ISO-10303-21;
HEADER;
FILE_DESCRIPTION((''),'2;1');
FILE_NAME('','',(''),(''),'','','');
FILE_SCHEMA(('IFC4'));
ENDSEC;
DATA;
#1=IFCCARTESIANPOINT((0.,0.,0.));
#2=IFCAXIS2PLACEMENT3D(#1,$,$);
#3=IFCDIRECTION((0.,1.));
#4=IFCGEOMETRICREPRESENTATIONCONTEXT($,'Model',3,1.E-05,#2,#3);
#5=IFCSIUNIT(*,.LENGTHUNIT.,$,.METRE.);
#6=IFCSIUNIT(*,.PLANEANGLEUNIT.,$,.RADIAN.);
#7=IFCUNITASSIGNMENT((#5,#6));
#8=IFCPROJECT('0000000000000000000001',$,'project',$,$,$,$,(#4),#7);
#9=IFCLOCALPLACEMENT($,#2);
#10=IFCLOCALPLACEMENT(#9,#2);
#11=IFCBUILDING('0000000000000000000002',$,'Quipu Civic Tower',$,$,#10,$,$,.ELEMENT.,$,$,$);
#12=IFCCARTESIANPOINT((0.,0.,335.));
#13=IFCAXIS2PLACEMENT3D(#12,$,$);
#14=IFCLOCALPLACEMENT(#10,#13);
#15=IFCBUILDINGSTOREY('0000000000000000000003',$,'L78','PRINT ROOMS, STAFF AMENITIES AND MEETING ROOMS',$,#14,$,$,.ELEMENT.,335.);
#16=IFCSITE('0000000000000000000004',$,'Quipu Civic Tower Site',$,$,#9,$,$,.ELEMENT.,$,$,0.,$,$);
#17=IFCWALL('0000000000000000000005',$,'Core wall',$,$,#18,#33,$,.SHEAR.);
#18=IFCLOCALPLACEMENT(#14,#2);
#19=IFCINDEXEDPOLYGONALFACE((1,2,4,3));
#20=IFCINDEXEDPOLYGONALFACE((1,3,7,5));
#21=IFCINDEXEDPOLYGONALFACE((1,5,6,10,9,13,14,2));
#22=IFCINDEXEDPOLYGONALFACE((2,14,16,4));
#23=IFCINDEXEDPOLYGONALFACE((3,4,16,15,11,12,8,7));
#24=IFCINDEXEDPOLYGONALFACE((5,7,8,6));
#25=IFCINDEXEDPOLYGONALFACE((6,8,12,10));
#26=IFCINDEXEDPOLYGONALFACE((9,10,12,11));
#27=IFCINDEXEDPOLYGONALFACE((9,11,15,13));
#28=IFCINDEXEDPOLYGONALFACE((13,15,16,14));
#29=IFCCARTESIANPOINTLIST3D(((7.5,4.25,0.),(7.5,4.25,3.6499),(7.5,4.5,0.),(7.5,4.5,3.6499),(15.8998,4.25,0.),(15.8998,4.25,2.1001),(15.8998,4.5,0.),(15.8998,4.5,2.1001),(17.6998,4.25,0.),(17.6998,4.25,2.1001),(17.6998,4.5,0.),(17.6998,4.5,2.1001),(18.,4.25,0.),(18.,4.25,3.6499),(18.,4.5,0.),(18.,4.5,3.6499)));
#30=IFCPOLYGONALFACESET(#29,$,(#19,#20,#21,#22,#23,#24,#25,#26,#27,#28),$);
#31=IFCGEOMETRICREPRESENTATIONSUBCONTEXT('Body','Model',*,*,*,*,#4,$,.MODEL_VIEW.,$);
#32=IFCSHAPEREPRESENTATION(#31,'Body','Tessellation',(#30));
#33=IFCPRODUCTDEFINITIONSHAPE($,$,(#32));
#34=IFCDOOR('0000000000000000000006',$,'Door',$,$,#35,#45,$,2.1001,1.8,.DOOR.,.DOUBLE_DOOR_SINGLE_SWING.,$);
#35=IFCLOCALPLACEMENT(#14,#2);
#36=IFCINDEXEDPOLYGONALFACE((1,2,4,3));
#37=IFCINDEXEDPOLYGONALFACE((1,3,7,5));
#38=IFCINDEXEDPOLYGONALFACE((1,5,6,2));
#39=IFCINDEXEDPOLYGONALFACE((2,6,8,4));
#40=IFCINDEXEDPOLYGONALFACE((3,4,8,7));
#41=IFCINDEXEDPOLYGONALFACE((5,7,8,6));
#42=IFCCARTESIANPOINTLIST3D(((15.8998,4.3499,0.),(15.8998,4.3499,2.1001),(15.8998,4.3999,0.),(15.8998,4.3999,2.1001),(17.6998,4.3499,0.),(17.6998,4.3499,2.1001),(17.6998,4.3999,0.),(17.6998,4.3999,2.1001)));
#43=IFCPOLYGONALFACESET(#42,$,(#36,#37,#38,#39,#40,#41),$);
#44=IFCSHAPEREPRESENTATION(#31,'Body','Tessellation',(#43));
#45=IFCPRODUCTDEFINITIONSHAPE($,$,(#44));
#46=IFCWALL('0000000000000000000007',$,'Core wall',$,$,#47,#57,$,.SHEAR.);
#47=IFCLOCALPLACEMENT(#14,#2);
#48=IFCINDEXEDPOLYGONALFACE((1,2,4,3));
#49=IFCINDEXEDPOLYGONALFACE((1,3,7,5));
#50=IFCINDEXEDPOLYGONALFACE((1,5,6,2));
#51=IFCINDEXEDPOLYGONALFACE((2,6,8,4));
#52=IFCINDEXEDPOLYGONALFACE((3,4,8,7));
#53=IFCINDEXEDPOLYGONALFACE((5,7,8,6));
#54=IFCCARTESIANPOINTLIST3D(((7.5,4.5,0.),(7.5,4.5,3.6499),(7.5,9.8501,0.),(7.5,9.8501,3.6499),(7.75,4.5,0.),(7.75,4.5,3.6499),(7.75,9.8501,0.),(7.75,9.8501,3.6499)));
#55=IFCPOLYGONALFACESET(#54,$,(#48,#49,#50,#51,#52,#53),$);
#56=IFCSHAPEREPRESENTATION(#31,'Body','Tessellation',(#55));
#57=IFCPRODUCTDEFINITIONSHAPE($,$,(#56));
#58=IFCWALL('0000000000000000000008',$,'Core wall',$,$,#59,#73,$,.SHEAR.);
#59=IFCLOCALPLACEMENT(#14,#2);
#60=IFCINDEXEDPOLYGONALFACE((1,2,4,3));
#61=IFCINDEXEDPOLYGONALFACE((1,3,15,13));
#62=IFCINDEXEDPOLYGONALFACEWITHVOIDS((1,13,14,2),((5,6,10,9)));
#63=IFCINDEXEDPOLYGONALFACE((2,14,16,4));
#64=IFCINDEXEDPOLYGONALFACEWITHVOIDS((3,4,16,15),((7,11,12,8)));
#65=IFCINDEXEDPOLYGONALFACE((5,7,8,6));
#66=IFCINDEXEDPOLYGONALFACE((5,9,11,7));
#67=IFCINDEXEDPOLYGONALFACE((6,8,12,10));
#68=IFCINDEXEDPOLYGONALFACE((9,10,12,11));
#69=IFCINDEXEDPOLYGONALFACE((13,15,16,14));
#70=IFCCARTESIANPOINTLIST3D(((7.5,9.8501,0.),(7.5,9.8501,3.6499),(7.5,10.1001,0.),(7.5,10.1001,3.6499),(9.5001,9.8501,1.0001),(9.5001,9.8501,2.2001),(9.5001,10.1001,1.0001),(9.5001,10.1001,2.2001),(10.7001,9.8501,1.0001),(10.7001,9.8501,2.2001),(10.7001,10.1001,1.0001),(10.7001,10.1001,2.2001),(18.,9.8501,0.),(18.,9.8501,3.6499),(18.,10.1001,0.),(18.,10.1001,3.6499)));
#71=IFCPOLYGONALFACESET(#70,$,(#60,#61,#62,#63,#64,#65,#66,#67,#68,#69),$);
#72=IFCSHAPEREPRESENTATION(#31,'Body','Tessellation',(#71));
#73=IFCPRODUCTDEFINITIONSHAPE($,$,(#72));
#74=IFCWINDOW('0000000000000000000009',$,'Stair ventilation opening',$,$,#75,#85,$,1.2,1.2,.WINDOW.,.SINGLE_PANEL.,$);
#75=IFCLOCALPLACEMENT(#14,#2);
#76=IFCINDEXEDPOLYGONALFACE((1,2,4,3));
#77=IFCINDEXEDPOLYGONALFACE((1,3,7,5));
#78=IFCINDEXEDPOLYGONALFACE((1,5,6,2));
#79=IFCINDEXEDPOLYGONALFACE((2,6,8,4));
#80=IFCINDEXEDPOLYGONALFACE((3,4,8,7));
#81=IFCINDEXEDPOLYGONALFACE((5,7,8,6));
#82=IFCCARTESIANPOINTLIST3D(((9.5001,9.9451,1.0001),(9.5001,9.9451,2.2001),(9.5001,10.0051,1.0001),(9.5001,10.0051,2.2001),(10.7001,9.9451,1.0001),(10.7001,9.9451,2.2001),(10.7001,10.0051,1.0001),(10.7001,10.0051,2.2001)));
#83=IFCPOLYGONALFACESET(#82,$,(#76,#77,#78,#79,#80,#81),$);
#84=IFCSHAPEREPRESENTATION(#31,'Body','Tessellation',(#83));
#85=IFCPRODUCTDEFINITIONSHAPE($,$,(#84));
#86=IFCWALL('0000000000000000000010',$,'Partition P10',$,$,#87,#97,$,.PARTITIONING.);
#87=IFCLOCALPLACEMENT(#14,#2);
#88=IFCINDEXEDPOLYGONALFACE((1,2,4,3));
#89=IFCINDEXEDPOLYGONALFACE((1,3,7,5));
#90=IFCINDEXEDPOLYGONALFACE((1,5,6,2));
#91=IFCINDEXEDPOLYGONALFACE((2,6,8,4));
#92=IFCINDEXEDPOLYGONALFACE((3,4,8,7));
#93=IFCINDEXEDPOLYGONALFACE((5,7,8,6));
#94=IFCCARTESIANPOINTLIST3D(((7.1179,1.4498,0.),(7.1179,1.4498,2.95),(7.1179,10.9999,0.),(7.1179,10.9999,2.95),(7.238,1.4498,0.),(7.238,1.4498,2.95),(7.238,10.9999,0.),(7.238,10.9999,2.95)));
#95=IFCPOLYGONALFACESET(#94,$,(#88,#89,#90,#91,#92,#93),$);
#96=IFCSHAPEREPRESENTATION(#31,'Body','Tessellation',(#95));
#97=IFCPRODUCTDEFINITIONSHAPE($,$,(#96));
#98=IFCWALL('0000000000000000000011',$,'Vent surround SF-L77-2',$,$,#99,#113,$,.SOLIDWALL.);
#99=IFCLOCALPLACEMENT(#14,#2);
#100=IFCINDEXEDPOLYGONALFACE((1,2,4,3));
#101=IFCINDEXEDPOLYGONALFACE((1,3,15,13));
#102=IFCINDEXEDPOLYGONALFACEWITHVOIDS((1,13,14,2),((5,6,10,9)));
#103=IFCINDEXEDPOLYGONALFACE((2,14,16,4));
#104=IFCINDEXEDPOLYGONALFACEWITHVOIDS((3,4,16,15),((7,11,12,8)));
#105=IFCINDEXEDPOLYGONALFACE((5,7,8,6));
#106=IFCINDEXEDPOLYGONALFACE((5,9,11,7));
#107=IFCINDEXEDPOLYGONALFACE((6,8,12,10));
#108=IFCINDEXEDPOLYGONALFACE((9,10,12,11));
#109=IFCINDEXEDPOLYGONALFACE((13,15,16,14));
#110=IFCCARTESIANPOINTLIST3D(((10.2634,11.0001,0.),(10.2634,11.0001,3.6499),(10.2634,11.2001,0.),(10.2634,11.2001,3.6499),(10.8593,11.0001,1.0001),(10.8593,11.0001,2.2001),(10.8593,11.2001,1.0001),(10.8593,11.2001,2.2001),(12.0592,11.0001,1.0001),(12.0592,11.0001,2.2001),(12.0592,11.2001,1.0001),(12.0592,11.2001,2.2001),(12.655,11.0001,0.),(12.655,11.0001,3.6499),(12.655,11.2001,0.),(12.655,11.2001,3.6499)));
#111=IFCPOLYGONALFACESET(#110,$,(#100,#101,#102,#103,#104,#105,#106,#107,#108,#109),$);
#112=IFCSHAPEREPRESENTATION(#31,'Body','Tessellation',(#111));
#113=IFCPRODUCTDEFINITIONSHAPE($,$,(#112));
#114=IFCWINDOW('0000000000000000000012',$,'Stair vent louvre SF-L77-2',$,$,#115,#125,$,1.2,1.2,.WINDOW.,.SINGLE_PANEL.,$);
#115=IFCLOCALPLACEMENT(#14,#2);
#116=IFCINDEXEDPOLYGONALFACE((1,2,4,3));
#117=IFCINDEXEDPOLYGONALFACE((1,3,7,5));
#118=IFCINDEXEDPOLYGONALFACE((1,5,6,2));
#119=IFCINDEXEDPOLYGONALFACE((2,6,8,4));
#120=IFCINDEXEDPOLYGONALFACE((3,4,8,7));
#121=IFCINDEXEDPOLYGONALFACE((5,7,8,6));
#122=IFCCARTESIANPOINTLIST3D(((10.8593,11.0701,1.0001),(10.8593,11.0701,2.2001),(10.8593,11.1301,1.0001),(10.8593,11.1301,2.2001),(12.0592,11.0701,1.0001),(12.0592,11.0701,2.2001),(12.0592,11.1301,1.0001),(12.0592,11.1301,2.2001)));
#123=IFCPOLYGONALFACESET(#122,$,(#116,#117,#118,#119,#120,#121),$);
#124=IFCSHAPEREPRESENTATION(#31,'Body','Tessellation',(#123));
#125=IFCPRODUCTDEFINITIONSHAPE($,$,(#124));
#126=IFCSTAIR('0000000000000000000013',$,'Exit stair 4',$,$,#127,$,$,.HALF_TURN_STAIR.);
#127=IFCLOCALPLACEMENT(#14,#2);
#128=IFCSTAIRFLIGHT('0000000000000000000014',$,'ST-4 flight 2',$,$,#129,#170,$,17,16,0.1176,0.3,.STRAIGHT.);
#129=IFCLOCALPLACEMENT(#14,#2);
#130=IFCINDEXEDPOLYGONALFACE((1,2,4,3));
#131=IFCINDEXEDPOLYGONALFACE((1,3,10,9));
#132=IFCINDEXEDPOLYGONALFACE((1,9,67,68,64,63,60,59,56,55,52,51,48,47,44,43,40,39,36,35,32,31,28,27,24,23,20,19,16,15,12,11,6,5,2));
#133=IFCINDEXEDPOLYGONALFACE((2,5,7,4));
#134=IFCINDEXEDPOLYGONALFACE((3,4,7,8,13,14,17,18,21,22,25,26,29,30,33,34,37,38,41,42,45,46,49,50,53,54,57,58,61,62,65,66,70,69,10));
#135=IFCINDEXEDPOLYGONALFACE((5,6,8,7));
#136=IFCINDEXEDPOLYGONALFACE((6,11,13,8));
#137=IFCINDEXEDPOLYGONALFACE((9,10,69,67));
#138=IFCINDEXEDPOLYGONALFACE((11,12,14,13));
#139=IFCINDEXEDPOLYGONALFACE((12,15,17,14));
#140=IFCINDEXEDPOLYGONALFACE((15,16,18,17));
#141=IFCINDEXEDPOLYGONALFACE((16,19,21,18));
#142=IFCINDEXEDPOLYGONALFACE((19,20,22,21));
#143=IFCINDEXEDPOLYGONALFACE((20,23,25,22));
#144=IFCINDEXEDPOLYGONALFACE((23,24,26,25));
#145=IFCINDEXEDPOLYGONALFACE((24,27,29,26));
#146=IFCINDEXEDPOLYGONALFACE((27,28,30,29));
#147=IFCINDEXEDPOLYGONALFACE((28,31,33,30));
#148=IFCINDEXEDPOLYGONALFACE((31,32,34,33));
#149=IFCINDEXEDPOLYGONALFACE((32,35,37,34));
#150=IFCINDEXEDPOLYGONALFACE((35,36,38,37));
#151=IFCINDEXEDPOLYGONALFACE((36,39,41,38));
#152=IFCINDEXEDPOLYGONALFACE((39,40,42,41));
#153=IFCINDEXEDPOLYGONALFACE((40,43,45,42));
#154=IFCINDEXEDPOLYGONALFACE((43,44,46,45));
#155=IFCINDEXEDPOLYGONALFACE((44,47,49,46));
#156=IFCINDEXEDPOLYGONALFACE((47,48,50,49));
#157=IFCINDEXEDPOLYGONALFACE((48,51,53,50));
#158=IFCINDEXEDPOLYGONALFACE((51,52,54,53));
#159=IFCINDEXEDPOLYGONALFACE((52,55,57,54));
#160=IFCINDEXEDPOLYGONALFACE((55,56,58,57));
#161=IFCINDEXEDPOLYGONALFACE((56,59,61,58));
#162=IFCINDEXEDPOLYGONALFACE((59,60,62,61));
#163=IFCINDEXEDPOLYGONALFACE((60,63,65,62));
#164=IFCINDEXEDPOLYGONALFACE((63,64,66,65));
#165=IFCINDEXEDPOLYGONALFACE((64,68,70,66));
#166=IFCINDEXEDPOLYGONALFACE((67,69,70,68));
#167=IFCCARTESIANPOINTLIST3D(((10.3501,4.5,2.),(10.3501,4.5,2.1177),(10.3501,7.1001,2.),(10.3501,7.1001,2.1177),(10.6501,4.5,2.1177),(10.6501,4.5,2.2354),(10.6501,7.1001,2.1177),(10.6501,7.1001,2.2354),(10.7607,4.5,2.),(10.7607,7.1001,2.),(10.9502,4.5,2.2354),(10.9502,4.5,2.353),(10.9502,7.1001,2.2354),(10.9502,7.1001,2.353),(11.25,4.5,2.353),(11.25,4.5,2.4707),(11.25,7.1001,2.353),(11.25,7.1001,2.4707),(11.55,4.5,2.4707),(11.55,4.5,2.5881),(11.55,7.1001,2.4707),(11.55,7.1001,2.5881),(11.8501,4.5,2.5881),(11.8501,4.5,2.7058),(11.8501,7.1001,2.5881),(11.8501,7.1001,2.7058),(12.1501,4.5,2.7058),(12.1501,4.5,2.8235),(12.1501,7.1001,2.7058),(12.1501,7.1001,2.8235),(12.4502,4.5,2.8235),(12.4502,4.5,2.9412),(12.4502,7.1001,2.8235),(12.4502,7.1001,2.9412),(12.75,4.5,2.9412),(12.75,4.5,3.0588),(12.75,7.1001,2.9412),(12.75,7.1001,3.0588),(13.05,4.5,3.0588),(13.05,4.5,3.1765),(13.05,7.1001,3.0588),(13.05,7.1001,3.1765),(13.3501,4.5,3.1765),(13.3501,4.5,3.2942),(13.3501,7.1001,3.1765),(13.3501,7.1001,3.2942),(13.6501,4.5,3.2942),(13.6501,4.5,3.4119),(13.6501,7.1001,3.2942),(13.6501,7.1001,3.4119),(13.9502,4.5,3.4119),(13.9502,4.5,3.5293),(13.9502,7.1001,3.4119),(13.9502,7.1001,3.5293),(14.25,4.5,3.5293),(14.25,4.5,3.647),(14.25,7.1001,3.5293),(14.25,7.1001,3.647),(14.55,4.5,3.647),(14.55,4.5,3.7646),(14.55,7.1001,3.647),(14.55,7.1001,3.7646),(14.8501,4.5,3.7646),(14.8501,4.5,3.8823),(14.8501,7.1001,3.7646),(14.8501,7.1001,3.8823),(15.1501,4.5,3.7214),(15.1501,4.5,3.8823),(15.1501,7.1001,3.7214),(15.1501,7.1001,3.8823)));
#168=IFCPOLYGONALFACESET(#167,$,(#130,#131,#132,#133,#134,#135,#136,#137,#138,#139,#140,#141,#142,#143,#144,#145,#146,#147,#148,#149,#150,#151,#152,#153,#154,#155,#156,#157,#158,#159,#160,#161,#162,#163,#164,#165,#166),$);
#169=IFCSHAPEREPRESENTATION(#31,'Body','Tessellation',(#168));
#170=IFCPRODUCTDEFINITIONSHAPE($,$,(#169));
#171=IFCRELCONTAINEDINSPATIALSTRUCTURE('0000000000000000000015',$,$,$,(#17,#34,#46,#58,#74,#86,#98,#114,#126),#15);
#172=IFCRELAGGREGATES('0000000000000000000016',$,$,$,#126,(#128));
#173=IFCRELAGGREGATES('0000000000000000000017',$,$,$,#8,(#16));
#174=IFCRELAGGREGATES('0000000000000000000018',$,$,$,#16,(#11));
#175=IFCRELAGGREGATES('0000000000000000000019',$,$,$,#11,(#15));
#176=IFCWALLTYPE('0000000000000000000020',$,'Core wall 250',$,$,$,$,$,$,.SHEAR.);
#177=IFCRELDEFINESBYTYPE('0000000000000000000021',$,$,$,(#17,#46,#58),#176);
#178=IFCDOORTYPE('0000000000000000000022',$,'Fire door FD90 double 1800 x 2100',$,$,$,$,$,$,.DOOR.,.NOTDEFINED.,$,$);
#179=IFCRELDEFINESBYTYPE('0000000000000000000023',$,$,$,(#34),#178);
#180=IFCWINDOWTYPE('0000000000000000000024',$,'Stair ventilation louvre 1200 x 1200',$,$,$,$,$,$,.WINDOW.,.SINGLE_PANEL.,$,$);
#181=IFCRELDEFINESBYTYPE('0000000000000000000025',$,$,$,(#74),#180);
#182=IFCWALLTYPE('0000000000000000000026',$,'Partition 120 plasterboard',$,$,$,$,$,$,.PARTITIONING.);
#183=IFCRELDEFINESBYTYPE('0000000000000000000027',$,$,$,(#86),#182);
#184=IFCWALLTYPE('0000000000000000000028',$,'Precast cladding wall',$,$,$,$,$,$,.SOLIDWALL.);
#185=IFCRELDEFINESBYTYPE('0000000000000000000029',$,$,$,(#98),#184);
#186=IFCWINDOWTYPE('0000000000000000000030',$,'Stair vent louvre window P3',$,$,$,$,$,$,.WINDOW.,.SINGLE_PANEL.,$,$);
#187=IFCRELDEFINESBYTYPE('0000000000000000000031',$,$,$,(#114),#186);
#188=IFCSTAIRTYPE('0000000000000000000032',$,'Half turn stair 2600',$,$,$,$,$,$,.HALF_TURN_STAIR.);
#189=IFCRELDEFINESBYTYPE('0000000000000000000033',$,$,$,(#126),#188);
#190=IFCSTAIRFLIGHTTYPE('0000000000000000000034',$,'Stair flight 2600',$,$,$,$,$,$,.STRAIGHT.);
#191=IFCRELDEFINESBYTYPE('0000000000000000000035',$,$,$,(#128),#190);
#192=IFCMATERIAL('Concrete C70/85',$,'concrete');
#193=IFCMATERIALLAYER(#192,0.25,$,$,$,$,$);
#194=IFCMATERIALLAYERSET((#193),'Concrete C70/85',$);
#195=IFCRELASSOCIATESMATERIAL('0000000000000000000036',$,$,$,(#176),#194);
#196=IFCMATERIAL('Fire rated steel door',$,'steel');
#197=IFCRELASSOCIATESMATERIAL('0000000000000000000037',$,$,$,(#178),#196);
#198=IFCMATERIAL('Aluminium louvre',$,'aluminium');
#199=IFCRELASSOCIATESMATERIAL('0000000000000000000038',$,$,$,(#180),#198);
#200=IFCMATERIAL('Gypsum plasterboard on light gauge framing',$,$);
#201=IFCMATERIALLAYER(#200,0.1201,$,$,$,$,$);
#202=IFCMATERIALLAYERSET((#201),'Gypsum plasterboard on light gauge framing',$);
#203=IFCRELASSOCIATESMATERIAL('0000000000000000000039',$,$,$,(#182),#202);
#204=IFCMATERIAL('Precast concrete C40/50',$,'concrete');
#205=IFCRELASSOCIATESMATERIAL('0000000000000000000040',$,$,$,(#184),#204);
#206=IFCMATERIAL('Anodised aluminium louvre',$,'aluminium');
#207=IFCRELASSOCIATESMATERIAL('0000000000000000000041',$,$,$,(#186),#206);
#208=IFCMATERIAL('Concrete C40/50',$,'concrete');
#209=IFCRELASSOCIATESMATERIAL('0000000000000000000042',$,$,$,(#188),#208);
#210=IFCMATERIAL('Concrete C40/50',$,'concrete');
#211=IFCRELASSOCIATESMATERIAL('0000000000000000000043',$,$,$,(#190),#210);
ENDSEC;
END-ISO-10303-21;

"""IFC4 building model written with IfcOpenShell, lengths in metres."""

from ifc_helpers import new_model, si_unit, direction, frame, frame_2d, origin, place, context, subcontext, project, spatial, polyline, rectangle, outline, extrude, material, layer, layer_set, type_object, element, fill, aggregate, save


model = new_model("IFC4")

# Units and contexts
model_context = context("Model", 3, precision=1e-05, world=origin(), true_north=direction((0.0, 1.0)))
body_context = subcontext(model_context, "Body", "Model", "MODEL_VIEW")
ifc_project = project(units=[si_unit("LENGTHUNIT", "METRE"), si_unit("PLANEANGLEUNIT", "RADIAN")], contexts=[model_context])

# Site, building, storey
site_placement = place(None, origin())
site = spatial("IfcSite", under=ifc_project, at=site_placement, Name="Quipu Civic Tower Site", CompositionType="ELEMENT", RefElevation=0.0)
building_placement = place(site_placement, origin())
building = spatial("IfcBuilding", under=site, at=building_placement, Name="Quipu Civic Tower", CompositionType="ELEMENT")
storey_placement = place(building_placement, frame((0.0, 0.0, 335.0)))
storey = spatial("IfcBuildingStorey", under=building, at=storey_placement, Name="L78", Description="PRINT ROOMS, STAFF AMENITIES AND MEETING ROOMS", CompositionType="ELEMENT", Elevation=335.0)

# Wall, opening, door
ifc_material_1 = material(Name="Concrete C70/85", Category="concrete")
ifc_layer_1 = layer(ifc_material_1, 0.25)
ifc_layer_set_1 = layer_set([ifc_layer_1], Name="Concrete C70/85")
wall_type_1 = type_object("IfcWallType", Name="Core wall 250", PredefinedType="SHEAR", material=ifc_layer_set_1)
wall_1_placement = place(storey_placement, frame((7.5, 4.375, 0.0), z_axis=(0.0, 0.0, 1.0), x_axis=(1.0, 0.0, 0.0)))
wall_1 = element("IfcWall", 1, at=wall_1_placement, inside=storey, type_object=wall_type_1, Name="Core wall", PredefinedType="SHEAR", context=body_context, shape_type="SweptSolid", body=[
    extrude(rectangle(XDim=10.5, YDim=0.25, at=frame_2d((5.25, 0.0))), origin(), (0.0, 0.0, 1.0), 3.6499),
])
opening_1_placement = place(wall_1_placement, frame((8.3999, 0.0, 0.0)))
opening_1 = element("IfcOpeningElement", 2, at=opening_1_placement, cuts=wall_1, PredefinedType="OPENING", context=body_context, shape_type="SweptSolid", body=[
    extrude(rectangle(XDim=1.8, YDim=2.1001, at=frame_2d((0.8999, 1.05))), frame((0.0, 0.135, 0.0), z_axis=(0.0, -1.0, 0.0), x_axis=(1.0, 0.0, 0.0)), (0.0, 0.0, 1.0), 0.27),
])
ifc_material_2 = material(Name="Fire rated steel door", Category="steel")
door_type = type_object("IfcDoorType", Name="Fire door FD90 double 1800 x 2100", OperationType="NOTDEFINED", PredefinedType="DOOR", material=ifc_material_2)
door_placement = place(opening_1_placement, origin())
door = element("IfcDoor", 3, at=door_placement, inside=storey, type_object=door_type, Name="Door", OperationType="DOUBLE_DOOR_SINGLE_SWING", OverallHeight=2.1001, OverallWidth=1.8, PredefinedType="DOOR", context=body_context, shape_type="SweptSolid", body=[
    extrude(rectangle(XDim=1.8, YDim=2.1001, at=frame_2d((0.8999, 1.05))), frame((0.0, 0.0249, 0.0), z_axis=(0.0, -1.0, 0.0), x_axis=(1.0, 0.0, 0.0)), (0.0, 0.0, 1.0), 0.05),
])
fill(opening_1, door)

# Wall
wall_2_placement = place(storey_placement, frame((7.625, 4.5, 0.0), z_axis=(0.0, 0.0, 1.0), x_axis=(0.0, 1.0, 0.0)))
element("IfcWall", 4, at=wall_2_placement, inside=storey, type_object=wall_type_1, Name="Core wall", PredefinedType="SHEAR", context=body_context, shape_type="SweptSolid", body=[
    extrude(rectangle(XDim=5.3501, YDim=0.25, at=frame_2d((2.675, 0.0))), origin(), (0.0, 0.0, 1.0), 3.6499),
])

# Wall, opening, window
wall_3_placement = place(storey_placement, frame((7.5, 9.9751, 0.0), z_axis=(0.0, 0.0, 1.0), x_axis=(1.0, 0.0, 0.0)))
wall_3 = element("IfcWall", 5, at=wall_3_placement, inside=storey, type_object=wall_type_1, Name="Core wall", PredefinedType="SHEAR", context=body_context, shape_type="SweptSolid", body=[
    extrude(rectangle(XDim=10.5, YDim=0.25, at=frame_2d((5.25, 0.0))), origin(), (0.0, 0.0, 1.0), 3.6499),
])
opening_2_placement = place(wall_3_placement, frame((2.0, 0.0, 1.0)))
opening_2 = element("IfcOpeningElement", 6, at=opening_2_placement, cuts=wall_3, PredefinedType="OPENING", context=body_context, shape_type="SweptSolid", body=[
    extrude(rectangle(XDim=1.2, YDim=1.2, at=frame_2d((0.6001, 0.6001))), frame((0.0, 0.135, 0.0), z_axis=(0.0, -1.0, 0.0), x_axis=(1.0, 0.0, 0.0)), (0.0, 0.0, 1.0), 0.27),
])
ifc_material_3 = material(Name="Aluminium louvre", Category="aluminium")
window_type_1 = type_object("IfcWindowType", Name="Stair ventilation louvre 1200 x 1200", PartitioningType="SINGLE_PANEL", PredefinedType="WINDOW", material=ifc_material_3)
window_1_placement = place(opening_2_placement, origin())
window_1 = element("IfcWindow", 7, at=window_1_placement, inside=storey, type_object=window_type_1, Name="Stair ventilation opening", OverallHeight=1.2, OverallWidth=1.2, PartitioningType="SINGLE_PANEL", PredefinedType="WINDOW", context=body_context, shape_type="SweptSolid", body=[
    extrude(rectangle(XDim=1.2, YDim=1.2, at=frame_2d((0.6001, 0.6001))), frame((0.0, 0.03, 0.0), z_axis=(0.0, -1.0, 0.0), x_axis=(1.0, 0.0, 0.0)), (0.0, 0.0, 1.0), 0.0601),
])
fill(opening_2, window_1)

# Wall
ifc_material_4 = material(Name="Gypsum plasterboard on light gauge framing")
ifc_layer_2 = layer(ifc_material_4, 0.1201)
ifc_layer_set_2 = layer_set([ifc_layer_2], Name="Gypsum plasterboard on light gauge framing")
wall_type_2 = type_object("IfcWallType", Name="Partition 120 plasterboard", PredefinedType="PARTITIONING", material=ifc_layer_set_2)
wall_4_placement = place(storey_placement, frame((7.178, 1.45, 0.0), z_axis=(0.0, 0.0, 1.0), x_axis=(0.0, 1.0, 0.0)))
element("IfcWall", 8, at=wall_4_placement, inside=storey, type_object=wall_type_2, Name="Partition P10", PredefinedType="PARTITIONING", context=body_context, shape_type="SweptSolid", body=[
    extrude(rectangle(XDim=9.55, YDim=0.1201, at=frame_2d((4.7749, 0.0))), origin(), (0.0, 0.0, 1.0), 2.95),
])

# Wall, opening, window
ifc_material_5 = material(Name="Precast concrete C40/50", Category="concrete")
wall_type_3 = type_object("IfcWallType", Name="Precast cladding wall", PredefinedType="SOLIDWALL", material=ifc_material_5)
wall_5_placement = place(storey_placement, frame((12.655, 11.1001, 0.0), z_axis=(0.0, 0.0, 1.0), x_axis=(-1.0, 0.0, 0.0)))
wall_5 = element("IfcWall", 9, at=wall_5_placement, inside=storey, type_object=wall_type_3, Name="Vent surround SF-L77-2", PredefinedType="SOLIDWALL", context=body_context, shape_type="SweptSolid", body=[
    extrude(rectangle(XDim=2.3916, YDim=0.2, at=frame_2d((1.1958, 0.0))), origin(), (0.0, 0.0, 1.0), 3.6499),
])
opening_3_placement = place(wall_5_placement, frame((0.5957, 0.0, 1.0)))
opening_3 = element("IfcOpeningElement", 10, at=opening_3_placement, cuts=wall_5, PredefinedType="OPENING", context=body_context, shape_type="SweptSolid", body=[
    extrude(rectangle(XDim=1.2, YDim=1.2, at=frame_2d((0.6001, 0.6001))), frame((0.0, 0.1099, 0.0), z_axis=(0.0, -1.0, 0.0), x_axis=(1.0, 0.0, 0.0)), (0.0, 0.0, 1.0), 0.22),
])
ifc_material_6 = material(Name="Anodised aluminium louvre", Category="aluminium")
window_type_2 = type_object("IfcWindowType", Name="Stair vent louvre window P3", PartitioningType="SINGLE_PANEL", PredefinedType="WINDOW", material=ifc_material_6)
window_2_placement = place(opening_3_placement, origin())
window_2 = element("IfcWindow", 11, at=window_2_placement, inside=storey, type_object=window_type_2, Name="Stair vent louvre SF-L77-2", OverallHeight=1.2, OverallWidth=1.2, PartitioningType="SINGLE_PANEL", PredefinedType="WINDOW", context=body_context, shape_type="SweptSolid", body=[
    extrude(rectangle(XDim=1.2, YDim=1.2, at=frame_2d((0.6001, 0.6001))), frame((0.0, 0.03, 0.0), z_axis=(0.0, -1.0, 0.0), x_axis=(1.0, 0.0, 0.0)), (0.0, 0.0, 1.0), 0.0601),
])
fill(opening_3, window_2)

# Stair, stair flight
ifc_material_7 = material(Name="Concrete C40/50", Category="concrete")
stair_type = type_object("IfcStairType", Name="Half turn stair 2600", PredefinedType="HALF_TURN_STAIR", material=ifc_material_7)
stair_placement = place(storey_placement, origin())
stair = element("IfcStair", 12, at=stair_placement, inside=storey, type_object=stair_type, Name="Exit stair 4", PredefinedType="HALF_TURN_STAIR")
ifc_material_8 = material(Name="Concrete C40/50", Category="concrete")
stair_flight_type = type_object("IfcStairFlightType", Name="Stair flight 2600", PredefinedType="STRAIGHT", material=ifc_material_8)
stair_flight_placement = place(storey_placement, frame((10.3501, 5.8, 2.0), z_axis=(0.0, 0.0, 1.0), x_axis=(1.0, 0.0, 0.0)))
stair_flight = element("IfcStairFlight", 13, at=stair_flight_placement, type_object=stair_flight_type, Name="ST-4 flight 2", NumberOfRisers=17, NumberOfTreads=16, PredefinedType="STRAIGHT", RiserHeight=0.1176, TreadLength=0.3, context=body_context, shape_type="SweptSolid", body=[
    extrude(outline(polyline([(0.0, 0.0), (0.0, 0.1177), (0.3, 0.1177), (0.3, 0.2354), (0.6001, 0.2354), (0.6001, 0.353), (0.8999, 0.353), (0.8999, 0.4707), (1.2, 0.4707), (1.2, 0.5881), (1.5, 0.5881), (1.5, 0.7058), (1.8, 0.7058), (1.8, 0.8235), (2.1001, 0.8235), (2.1001, 0.9412), (2.3999, 0.9412), (2.3999, 1.0588), (2.7, 1.0588), (2.7, 1.1765), (3.0, 1.1765), (3.0, 1.2942), (3.3, 1.2942), (3.3, 1.4119), (3.6001, 1.4119), (3.6001, 1.5293), (3.8999, 1.5293), (3.8999, 1.647), (4.2, 1.647), (4.2, 1.7646), (4.5, 1.7646), (4.5, 1.8823), (4.8, 1.8823), (4.8, 2.0), (4.8, 1.7214), (0.4106, 0.0), (0.0, 0.0)])), frame((0.0, 1.3, 0.0), z_axis=(0.0, -1.0, 0.0), x_axis=(1.0, 0.0, 0.0)), (0.0, 0.0, 1.0), 2.6001),
])
aggregate(stair, [stair_flight])

save(model, "model.ifc")
